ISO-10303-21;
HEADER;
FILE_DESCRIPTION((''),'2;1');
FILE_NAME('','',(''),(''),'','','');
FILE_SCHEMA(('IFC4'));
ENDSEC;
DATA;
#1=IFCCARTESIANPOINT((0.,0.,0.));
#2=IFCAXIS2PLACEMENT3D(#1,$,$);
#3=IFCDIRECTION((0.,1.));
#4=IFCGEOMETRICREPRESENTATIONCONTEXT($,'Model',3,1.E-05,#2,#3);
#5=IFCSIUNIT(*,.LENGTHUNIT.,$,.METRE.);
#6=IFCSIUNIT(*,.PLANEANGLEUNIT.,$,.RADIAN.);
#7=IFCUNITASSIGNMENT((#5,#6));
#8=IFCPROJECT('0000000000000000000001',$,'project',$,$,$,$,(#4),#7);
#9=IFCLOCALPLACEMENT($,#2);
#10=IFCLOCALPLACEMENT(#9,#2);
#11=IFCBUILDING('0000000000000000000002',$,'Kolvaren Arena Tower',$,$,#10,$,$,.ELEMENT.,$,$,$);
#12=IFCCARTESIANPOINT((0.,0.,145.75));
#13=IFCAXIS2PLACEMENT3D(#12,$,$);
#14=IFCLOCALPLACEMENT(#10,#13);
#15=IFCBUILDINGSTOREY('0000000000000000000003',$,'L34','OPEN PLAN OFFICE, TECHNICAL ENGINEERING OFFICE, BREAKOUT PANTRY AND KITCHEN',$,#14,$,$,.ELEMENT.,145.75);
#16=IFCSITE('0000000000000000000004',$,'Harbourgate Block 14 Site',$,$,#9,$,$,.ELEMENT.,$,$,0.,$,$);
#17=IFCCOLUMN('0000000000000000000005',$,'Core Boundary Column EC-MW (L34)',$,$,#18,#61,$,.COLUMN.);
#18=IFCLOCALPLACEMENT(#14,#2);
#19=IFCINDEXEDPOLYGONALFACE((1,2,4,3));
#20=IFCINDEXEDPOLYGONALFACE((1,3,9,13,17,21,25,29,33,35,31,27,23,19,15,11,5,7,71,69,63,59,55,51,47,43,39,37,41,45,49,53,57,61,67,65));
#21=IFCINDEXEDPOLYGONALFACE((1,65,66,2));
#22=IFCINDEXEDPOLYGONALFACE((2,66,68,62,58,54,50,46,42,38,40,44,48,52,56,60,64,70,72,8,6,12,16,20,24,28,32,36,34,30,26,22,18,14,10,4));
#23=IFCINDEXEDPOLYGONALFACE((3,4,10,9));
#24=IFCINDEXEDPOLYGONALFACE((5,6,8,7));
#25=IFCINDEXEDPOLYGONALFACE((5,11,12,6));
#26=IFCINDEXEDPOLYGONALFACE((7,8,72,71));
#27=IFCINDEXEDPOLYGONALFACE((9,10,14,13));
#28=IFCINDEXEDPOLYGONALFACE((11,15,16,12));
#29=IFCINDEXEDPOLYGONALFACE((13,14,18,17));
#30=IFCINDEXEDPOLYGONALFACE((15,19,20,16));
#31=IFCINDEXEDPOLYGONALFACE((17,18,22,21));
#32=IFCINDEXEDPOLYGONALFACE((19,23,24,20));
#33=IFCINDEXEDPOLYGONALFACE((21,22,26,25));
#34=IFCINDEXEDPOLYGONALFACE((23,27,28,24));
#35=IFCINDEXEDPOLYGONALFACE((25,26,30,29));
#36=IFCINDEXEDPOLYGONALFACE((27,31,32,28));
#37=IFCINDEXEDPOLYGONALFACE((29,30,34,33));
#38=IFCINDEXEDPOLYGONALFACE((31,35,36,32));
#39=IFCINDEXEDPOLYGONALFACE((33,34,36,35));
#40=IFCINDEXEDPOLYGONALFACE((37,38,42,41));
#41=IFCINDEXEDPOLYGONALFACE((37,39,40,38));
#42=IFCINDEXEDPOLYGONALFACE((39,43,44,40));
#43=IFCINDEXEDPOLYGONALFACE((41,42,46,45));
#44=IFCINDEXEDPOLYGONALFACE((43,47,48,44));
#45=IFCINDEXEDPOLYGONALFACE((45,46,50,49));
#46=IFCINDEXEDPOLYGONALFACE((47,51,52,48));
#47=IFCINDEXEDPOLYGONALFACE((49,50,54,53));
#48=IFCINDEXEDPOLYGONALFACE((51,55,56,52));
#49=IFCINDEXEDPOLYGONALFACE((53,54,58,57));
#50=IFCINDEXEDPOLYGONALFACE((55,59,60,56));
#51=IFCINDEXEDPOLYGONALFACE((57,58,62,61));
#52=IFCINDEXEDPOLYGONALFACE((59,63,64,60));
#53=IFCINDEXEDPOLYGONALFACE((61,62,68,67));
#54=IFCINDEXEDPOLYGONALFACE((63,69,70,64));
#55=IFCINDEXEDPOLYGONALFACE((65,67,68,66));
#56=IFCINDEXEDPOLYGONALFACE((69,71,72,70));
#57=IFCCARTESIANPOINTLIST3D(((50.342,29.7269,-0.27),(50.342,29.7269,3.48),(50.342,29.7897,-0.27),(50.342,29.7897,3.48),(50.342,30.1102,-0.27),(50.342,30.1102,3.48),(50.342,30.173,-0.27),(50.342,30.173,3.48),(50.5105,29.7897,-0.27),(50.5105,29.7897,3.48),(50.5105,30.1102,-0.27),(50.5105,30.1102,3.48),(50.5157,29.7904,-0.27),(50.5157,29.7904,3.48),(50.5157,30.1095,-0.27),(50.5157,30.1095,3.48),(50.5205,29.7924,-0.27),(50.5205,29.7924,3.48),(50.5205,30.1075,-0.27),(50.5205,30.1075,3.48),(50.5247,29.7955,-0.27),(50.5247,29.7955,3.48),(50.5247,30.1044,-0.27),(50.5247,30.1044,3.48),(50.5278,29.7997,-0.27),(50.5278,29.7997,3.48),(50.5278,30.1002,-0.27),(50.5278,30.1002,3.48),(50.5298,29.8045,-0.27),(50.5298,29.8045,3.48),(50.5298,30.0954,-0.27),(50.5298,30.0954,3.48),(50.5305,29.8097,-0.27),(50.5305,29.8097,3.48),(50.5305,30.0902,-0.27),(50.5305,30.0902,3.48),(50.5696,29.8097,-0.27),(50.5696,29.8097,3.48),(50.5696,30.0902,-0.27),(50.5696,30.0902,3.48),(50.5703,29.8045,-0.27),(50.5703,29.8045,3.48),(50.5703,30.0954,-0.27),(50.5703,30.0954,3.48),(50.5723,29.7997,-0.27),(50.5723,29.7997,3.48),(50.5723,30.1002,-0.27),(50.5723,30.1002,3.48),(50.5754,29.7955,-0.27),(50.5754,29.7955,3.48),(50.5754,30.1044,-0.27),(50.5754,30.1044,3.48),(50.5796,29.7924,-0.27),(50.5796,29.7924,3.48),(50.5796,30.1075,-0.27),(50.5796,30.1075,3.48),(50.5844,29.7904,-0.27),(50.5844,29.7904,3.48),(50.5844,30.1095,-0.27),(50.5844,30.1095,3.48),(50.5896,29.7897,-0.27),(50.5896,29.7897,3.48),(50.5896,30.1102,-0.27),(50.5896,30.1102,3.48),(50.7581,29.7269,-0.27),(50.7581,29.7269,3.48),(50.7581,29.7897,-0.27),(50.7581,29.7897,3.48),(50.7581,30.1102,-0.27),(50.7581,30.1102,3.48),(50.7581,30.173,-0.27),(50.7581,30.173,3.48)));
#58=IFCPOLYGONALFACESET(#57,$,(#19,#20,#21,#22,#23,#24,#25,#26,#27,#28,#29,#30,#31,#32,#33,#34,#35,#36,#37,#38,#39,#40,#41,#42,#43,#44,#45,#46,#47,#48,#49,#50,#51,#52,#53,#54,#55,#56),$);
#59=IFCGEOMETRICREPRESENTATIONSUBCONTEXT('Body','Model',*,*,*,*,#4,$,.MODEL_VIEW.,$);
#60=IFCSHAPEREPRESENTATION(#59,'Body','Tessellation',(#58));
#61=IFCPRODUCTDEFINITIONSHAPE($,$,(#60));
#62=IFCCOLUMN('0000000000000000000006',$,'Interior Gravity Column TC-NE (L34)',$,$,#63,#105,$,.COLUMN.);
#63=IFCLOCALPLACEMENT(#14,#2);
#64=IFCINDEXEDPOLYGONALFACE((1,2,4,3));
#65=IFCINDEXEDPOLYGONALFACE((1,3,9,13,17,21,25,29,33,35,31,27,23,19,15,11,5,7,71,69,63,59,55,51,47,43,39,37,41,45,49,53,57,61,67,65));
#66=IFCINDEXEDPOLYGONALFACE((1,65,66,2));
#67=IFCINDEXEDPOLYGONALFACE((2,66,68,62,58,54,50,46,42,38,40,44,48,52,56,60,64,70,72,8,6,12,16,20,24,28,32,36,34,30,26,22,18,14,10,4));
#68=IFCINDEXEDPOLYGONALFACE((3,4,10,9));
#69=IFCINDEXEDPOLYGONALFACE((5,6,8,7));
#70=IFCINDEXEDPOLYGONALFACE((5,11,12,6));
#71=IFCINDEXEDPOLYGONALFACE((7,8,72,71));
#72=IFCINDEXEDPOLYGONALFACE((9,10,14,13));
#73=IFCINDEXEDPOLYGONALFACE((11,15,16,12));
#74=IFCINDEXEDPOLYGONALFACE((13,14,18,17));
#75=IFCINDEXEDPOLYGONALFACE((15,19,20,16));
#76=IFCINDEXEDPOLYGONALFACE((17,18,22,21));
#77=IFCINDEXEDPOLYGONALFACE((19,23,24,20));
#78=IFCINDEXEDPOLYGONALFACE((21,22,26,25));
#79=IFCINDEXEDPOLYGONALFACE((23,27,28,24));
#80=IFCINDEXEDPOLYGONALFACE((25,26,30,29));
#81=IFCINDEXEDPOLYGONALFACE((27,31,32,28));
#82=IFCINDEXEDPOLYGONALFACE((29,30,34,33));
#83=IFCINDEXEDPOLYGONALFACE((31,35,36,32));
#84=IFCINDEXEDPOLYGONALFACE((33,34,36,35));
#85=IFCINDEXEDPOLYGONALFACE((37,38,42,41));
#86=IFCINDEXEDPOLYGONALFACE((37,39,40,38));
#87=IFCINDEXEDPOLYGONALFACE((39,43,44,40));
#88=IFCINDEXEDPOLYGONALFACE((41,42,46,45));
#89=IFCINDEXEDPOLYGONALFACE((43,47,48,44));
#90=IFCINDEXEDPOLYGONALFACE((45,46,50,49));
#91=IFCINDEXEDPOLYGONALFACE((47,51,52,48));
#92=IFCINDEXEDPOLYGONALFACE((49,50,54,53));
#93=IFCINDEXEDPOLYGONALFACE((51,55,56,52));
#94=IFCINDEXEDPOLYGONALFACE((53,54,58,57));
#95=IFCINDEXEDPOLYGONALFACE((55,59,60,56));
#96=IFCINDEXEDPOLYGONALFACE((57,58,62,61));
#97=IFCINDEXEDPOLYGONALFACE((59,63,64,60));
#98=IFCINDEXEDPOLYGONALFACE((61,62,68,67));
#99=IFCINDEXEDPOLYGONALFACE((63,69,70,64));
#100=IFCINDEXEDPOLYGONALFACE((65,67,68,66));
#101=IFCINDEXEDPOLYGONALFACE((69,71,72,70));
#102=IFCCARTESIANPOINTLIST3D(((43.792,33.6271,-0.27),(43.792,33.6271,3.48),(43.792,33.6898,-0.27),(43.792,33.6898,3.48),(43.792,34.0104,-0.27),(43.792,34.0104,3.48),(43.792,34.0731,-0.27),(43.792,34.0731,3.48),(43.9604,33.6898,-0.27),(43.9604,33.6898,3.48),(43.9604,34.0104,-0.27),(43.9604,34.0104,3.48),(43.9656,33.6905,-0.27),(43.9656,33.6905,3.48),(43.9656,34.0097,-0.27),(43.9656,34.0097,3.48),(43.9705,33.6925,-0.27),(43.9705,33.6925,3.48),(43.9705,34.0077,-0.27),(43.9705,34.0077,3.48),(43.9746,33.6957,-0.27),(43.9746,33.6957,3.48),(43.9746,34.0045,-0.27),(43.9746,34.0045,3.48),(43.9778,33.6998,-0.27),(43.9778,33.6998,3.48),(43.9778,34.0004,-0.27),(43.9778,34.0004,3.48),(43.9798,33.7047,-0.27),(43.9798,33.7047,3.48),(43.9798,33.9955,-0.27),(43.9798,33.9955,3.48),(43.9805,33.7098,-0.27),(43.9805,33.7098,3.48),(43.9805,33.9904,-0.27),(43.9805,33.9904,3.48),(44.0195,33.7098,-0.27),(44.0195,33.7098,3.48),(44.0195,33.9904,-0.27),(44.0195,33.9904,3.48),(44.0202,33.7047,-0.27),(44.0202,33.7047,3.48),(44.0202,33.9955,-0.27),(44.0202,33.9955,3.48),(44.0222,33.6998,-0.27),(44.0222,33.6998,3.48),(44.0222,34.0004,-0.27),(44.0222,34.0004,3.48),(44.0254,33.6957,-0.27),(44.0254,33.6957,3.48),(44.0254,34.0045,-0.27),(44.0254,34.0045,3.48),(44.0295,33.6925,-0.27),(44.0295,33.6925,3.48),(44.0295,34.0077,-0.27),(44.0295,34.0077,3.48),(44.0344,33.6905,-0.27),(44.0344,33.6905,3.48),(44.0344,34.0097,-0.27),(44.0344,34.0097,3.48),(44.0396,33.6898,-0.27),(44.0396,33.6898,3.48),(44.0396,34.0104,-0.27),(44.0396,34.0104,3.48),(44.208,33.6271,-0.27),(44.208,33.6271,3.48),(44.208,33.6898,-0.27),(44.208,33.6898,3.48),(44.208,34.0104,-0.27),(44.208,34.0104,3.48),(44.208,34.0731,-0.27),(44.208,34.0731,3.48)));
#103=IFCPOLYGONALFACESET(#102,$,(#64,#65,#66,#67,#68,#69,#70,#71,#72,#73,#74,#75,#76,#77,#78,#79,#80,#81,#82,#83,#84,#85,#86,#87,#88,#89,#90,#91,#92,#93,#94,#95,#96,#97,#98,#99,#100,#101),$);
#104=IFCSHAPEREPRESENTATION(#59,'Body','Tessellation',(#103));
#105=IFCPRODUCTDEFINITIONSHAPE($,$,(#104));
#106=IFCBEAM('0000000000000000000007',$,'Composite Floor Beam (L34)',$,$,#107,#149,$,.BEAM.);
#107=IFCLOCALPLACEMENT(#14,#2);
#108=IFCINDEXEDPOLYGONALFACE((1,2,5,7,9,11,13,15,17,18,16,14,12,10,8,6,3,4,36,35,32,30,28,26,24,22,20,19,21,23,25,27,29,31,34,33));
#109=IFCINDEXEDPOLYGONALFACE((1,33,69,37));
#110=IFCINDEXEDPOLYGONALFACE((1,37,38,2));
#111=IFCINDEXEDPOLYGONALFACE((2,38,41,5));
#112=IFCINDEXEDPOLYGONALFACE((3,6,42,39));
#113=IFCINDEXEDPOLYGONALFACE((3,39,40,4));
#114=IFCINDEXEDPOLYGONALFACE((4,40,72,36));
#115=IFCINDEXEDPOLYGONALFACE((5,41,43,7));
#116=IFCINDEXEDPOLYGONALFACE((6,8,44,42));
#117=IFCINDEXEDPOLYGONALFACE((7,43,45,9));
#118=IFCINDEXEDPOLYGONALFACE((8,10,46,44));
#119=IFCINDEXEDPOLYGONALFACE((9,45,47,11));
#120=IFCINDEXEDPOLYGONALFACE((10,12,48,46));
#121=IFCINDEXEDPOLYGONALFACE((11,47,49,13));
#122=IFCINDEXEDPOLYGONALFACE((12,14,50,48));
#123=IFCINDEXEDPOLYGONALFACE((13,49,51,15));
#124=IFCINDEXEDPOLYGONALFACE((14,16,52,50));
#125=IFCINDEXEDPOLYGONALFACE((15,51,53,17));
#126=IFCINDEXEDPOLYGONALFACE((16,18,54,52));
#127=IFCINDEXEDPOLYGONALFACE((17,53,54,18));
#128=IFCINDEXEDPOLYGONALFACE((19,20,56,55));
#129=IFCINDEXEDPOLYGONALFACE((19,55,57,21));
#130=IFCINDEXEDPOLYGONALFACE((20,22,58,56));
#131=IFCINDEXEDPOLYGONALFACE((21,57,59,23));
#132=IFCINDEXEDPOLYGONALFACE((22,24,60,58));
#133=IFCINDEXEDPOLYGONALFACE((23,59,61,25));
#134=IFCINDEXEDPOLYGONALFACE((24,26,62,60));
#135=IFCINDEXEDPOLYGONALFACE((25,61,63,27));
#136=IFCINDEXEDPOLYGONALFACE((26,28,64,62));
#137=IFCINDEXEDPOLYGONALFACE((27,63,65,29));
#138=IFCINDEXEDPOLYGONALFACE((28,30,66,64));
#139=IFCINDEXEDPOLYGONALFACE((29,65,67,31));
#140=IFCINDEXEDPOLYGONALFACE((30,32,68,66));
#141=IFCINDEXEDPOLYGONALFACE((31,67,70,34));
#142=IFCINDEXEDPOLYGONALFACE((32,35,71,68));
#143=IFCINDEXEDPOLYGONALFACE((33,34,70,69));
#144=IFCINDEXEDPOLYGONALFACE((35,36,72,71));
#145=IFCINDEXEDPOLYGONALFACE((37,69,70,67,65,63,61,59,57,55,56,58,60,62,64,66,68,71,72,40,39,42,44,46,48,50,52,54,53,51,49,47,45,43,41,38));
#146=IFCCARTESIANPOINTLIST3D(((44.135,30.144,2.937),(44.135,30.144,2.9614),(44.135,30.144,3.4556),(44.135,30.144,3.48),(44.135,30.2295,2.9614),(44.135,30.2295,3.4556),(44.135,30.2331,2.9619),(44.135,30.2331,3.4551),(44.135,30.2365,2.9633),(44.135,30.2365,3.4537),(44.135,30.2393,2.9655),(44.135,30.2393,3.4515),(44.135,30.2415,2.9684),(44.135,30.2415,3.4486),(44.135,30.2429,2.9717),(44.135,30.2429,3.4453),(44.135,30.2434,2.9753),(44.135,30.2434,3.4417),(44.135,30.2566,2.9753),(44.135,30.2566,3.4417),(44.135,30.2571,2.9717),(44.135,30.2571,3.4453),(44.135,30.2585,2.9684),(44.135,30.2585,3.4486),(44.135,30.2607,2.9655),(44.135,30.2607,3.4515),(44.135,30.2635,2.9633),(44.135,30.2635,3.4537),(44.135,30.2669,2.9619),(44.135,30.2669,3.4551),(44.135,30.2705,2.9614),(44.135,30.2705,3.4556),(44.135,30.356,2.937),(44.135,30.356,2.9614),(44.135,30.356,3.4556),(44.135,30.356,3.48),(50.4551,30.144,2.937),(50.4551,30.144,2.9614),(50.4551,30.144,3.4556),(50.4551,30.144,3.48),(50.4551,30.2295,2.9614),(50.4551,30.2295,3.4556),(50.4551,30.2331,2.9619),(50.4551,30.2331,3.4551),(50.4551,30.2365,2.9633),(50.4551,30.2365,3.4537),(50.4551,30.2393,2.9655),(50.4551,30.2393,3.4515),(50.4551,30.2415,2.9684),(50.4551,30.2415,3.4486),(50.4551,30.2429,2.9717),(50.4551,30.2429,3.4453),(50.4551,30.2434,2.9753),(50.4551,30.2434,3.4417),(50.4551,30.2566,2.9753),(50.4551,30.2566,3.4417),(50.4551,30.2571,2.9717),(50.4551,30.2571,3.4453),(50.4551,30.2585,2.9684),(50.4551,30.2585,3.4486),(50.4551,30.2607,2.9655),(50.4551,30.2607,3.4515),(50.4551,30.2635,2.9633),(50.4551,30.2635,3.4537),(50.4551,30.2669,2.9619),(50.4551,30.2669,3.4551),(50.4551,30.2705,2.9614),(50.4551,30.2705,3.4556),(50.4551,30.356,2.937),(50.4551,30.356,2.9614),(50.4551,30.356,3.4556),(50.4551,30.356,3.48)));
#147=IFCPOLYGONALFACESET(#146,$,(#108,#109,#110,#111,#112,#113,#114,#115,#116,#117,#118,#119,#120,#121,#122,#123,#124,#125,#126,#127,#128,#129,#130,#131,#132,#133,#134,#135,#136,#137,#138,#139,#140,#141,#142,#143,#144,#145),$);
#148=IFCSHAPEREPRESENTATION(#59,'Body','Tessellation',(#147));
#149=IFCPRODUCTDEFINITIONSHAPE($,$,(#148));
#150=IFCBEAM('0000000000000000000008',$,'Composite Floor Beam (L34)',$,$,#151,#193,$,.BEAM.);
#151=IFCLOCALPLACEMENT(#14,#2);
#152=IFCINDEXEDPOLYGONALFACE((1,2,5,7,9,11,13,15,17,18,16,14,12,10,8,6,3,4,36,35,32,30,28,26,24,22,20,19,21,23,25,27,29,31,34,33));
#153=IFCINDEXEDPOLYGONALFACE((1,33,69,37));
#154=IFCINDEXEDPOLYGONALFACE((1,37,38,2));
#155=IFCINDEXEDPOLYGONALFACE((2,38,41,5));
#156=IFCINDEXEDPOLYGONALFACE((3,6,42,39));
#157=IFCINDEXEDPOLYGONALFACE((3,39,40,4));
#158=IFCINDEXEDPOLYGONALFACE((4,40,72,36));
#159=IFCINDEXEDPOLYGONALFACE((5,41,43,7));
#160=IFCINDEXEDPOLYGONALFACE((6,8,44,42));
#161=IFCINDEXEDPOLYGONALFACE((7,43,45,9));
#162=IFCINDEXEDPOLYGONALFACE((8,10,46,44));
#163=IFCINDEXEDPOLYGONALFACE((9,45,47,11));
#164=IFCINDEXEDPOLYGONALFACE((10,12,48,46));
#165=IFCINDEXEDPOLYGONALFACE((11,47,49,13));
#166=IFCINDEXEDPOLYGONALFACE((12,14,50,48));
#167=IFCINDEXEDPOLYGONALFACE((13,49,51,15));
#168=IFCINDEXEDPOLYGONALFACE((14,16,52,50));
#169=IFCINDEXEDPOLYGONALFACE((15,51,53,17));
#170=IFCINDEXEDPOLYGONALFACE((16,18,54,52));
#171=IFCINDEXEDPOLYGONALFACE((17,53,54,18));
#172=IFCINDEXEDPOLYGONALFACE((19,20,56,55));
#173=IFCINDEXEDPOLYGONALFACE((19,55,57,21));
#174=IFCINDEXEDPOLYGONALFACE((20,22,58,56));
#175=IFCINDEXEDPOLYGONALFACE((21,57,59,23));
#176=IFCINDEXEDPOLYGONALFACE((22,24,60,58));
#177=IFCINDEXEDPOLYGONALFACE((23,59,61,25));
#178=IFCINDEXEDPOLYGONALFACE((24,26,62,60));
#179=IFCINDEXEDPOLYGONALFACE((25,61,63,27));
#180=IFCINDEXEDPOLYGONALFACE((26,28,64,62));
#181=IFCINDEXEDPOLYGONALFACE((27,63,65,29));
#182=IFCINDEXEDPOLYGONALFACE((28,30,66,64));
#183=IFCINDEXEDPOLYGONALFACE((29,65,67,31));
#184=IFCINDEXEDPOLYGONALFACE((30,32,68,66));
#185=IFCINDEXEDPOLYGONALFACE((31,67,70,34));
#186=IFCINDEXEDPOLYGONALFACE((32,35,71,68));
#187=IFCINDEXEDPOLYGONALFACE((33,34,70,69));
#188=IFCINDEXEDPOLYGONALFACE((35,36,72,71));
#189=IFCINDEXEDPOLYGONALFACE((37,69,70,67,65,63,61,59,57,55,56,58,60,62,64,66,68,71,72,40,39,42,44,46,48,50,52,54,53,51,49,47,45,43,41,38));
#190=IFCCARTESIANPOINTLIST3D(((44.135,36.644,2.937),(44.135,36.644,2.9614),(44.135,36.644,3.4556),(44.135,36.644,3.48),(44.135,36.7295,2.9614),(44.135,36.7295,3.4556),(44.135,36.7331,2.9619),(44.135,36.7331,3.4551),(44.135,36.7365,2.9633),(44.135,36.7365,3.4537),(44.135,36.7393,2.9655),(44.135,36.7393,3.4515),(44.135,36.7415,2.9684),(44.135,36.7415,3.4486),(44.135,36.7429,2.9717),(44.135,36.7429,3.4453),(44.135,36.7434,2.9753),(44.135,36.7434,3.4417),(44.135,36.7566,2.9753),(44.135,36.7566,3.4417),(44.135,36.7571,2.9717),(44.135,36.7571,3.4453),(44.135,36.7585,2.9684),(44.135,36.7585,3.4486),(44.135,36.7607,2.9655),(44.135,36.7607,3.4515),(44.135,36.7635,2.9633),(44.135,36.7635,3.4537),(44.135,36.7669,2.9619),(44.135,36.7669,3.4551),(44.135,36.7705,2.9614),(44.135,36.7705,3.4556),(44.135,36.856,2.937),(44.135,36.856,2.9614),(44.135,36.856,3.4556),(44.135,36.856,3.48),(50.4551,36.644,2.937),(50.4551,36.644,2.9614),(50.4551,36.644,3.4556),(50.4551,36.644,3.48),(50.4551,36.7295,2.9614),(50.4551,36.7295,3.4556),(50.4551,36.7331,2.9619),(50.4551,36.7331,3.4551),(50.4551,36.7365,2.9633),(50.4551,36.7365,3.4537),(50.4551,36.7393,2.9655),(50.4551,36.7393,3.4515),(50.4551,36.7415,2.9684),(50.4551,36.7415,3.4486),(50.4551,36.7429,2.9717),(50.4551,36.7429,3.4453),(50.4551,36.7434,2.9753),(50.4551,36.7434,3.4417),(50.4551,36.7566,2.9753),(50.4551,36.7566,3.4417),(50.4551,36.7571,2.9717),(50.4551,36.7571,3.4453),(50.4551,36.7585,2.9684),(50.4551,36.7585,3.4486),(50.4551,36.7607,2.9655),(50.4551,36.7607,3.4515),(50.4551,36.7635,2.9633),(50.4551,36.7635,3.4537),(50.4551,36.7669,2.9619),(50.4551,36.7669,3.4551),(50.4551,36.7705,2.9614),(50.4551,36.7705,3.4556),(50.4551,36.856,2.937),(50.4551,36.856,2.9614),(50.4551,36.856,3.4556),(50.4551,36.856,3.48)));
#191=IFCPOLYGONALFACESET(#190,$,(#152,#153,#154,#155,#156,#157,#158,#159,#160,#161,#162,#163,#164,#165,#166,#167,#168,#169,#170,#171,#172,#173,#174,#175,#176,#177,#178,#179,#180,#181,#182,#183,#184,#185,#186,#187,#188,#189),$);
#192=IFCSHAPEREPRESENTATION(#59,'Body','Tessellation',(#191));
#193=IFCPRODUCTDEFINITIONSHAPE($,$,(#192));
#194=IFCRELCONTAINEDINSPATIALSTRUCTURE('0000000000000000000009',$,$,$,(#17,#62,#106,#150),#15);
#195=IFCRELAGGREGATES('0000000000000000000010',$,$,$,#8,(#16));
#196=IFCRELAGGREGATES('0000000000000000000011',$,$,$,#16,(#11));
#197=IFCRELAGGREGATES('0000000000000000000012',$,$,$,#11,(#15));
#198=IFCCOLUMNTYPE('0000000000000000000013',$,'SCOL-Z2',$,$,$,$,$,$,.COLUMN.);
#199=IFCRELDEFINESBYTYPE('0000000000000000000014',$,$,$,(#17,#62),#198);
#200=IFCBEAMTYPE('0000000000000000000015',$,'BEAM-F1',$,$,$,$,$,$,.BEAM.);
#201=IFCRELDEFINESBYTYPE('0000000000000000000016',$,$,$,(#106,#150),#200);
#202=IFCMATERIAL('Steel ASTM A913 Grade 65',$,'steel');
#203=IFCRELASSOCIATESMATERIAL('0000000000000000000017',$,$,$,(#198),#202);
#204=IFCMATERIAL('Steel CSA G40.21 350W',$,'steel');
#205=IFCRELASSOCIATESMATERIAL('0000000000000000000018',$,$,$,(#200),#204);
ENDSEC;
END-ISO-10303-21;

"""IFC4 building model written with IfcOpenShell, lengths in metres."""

from ifc_helpers import new_model, si_unit, direction, frame, origin, origin_2d, place, context, subcontext, project, spatial, i_section, extrude, material, material_profile, profile_set, type_object, element, save


model = new_model("IFC4")

# Units and contexts
model_context = context("Model", 3, precision=1e-05, world=origin(), true_north=direction((0.0, 1.0)))
body_context = subcontext(model_context, "Body", "Model", "MODEL_VIEW")
ifc_project = project(units=[si_unit("LENGTHUNIT", "METRE"), si_unit("PLANEANGLEUNIT", "RADIAN")], contexts=[model_context])

# Site, building, storey
site_placement = place(None, origin())
site = spatial("IfcSite", under=ifc_project, at=site_placement, Name="Harbourgate Block 14 Site", CompositionType="ELEMENT", RefElevation=0.0)
building_placement = place(site_placement, origin())
building = spatial("IfcBuilding", under=site, at=building_placement, Name="Kolvaren Arena Tower", CompositionType="ELEMENT")
storey_placement = place(building_placement, frame((0.0, 0.0, 145.75)))
storey = spatial("IfcBuildingStorey", under=building, at=storey_placement, Name="L34", Description="OPEN PLAN OFFICE, TECHNICAL ENGINEERING OFFICE, BREAKOUT PANTRY AND KITCHEN", CompositionType="ELEMENT", Elevation=145.75)

# Columns
ifc_material_1 = material(Name="Steel ASTM A913 Grade 65", Category="steel")
ifc_material_profile_1 = material_profile(ifc_material_1, i_section(OverallWidth=0.416, OverallDepth=0.446, WebThickness=0.0391, FlangeThickness=0.0627, FilletRadius=0.02, at=origin_2d()), Name="W360x509")
ifc_profile_set_1 = profile_set([ifc_material_profile_1], Name="Steel ASTM A913 Grade 65")
column_type = type_object("IfcColumnType", Name="SCOL-Z2", PredefinedType="COLUMN", material=ifc_profile_set_1)
for number, where, z_axis, x_axis, name in (
    (1, (50.55, 29.95, -0.27), (0.0, 0.0, 1.0), (1.0, 0.0, 0.0), "Core Boundary Column EC-MW (L34)"),
    (2, (44.0, 33.8501, -0.27), (0.0, 0.0, 1.0), (1.0, 0.0, 0.0), "Interior Gravity Column TC-NE (L34)"),
):
    element("IfcColumn", number, at=place(storey_placement, frame(where, z_axis=z_axis, x_axis=x_axis)), inside=storey, type_object=column_type, Name=name, PredefinedType="COLUMN", context=body_context, shape_type="SweptSolid", body=[
        extrude(i_section(OverallWidth=0.416, OverallDepth=0.446, WebThickness=0.0391, FlangeThickness=0.0627, FilletRadius=0.02, at=origin_2d()), origin(), (0.0, 0.0, 1.0), 3.75),
    ])

# Beams
ifc_material_2 = material(Name="Steel CSA G40.21 350W", Category="steel")
ifc_material_profile_2 = material_profile(ifc_material_2, i_section(OverallWidth=0.2119, OverallDepth=0.543, WebThickness=0.0132, FlangeThickness=0.0244, FilletRadius=0.0139, at=origin_2d()), Name="W530x150")
ifc_profile_set_2 = profile_set([ifc_material_profile_2], Name="Steel CSA G40.21 350W")
beam_type_1 = type_object("IfcBeamType", Name="BEAM-F1", PredefinedType="BEAM", material=ifc_profile_set_2)
for number, where, z_axis, x_axis, name in (
    (3, (44.135, 30.25, 3.2085), (1.0, 0.0, 0.0), (0.0, 1.0, 0.0), "Composite Floor Beam (L34)"),
    (4, (44.135, 36.75, 3.2085), (1.0, 0.0, 0.0), (0.0, 1.0, 0.0), "Composite Floor Beam (L34)"),
):
    element("IfcBeam", number, at=place(storey_placement, frame(where, z_axis=z_axis, x_axis=x_axis)), inside=storey, type_object=beam_type_1, Name=name, PredefinedType="BEAM", context=body_context, shape_type="SweptSolid", body=[
        extrude(i_section(OverallWidth=0.2119, OverallDepth=0.543, WebThickness=0.0132, FlangeThickness=0.0244, FilletRadius=0.0139, at=origin_2d()), origin(), (0.0, 0.0, 1.0), 6.3201),
    ])

save(model, "model.ifc")
